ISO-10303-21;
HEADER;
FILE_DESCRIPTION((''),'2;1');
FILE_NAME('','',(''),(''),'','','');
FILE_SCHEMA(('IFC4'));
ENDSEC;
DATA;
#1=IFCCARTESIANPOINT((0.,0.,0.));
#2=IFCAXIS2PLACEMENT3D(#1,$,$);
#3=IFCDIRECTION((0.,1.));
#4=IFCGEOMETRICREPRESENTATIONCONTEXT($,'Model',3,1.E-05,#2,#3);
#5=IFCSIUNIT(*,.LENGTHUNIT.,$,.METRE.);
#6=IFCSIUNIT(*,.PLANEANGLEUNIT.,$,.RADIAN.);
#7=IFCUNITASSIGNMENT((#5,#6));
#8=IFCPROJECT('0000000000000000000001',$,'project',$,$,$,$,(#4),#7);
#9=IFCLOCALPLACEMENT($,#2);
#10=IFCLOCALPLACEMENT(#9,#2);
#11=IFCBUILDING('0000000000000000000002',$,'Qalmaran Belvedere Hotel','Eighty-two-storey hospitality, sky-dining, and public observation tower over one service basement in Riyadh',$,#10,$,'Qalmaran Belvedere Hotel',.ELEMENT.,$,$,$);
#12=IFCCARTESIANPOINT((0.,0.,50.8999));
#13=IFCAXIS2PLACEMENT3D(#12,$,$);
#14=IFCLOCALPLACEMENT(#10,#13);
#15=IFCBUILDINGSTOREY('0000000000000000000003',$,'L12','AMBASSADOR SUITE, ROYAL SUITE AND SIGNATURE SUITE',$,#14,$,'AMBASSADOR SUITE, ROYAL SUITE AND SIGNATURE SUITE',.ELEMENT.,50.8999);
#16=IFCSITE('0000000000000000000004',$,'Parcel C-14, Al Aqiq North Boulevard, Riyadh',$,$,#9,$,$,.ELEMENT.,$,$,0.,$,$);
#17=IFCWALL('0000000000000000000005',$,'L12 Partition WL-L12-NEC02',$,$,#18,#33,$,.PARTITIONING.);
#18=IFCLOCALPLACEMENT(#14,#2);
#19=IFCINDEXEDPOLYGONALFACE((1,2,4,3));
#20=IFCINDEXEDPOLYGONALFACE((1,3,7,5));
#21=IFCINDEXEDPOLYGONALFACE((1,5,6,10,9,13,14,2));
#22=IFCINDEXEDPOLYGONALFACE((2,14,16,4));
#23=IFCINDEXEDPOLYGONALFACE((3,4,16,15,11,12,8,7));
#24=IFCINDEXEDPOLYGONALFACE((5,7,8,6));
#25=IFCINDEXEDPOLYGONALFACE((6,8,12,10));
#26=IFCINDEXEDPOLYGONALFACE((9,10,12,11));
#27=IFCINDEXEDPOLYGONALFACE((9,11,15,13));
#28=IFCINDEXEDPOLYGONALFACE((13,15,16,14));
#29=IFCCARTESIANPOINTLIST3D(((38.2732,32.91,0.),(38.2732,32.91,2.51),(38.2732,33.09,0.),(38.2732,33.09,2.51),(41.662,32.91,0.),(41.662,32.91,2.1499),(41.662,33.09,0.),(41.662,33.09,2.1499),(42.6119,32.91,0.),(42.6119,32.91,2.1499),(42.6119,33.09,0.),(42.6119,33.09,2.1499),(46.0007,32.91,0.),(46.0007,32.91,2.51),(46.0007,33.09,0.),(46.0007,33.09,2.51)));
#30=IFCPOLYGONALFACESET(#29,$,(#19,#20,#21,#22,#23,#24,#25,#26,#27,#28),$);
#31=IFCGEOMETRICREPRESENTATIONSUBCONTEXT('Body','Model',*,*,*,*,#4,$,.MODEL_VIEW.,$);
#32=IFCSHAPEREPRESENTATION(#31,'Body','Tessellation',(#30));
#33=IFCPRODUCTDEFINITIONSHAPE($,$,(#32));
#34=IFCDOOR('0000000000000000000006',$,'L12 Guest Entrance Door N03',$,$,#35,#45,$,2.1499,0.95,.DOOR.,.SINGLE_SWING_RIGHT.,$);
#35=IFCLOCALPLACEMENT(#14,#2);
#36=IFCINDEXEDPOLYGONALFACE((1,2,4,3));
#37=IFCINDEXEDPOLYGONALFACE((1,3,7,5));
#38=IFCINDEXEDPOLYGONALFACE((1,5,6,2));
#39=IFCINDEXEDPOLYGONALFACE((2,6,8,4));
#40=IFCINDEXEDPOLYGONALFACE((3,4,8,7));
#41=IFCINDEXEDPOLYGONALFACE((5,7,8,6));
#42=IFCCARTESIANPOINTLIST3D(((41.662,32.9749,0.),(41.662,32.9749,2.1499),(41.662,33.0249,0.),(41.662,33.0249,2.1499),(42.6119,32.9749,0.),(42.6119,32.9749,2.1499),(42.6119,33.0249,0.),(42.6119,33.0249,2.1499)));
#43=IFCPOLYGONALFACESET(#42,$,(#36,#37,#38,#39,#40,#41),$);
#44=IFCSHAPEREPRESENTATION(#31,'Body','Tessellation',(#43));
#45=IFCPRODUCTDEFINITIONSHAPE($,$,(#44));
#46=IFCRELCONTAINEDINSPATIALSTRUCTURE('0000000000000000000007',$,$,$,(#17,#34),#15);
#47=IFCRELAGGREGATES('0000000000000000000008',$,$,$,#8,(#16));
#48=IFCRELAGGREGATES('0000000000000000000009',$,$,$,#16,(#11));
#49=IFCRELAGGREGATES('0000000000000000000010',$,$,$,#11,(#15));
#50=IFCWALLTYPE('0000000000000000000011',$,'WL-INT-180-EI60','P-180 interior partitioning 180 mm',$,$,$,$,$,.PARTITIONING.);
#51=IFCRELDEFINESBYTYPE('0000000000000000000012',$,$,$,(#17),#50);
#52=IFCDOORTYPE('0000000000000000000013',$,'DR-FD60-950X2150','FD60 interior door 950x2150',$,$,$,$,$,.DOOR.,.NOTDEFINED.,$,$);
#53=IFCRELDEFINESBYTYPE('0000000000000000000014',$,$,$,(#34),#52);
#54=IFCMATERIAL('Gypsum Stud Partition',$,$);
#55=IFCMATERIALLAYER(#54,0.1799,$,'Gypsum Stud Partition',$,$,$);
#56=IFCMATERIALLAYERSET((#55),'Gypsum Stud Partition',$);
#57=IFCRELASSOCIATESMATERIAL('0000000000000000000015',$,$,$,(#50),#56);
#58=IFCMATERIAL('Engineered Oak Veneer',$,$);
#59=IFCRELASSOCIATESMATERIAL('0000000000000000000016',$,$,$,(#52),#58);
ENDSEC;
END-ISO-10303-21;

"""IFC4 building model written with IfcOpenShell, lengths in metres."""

from ifc_helpers import new_model, si_unit, direction, frame, frame_2d, origin, place, context, subcontext, project, spatial, rectangle, extrude, material, layer, layer_set, type_object, element, fill, save


model = new_model("IFC4")

# Units and contexts
model_context = context("Model", 3, precision=1e-05, world=origin(), true_north=direction((0.0, 1.0)))
body_context = subcontext(model_context, "Body", "Model", "MODEL_VIEW")
ifc_project = project(units=[si_unit("LENGTHUNIT", "METRE"), si_unit("PLANEANGLEUNIT", "RADIAN")], contexts=[model_context])

# Site, building, storey
site_placement = place(None, origin())
site = spatial("IfcSite", under=ifc_project, at=site_placement, Name="Parcel C-14, Al Aqiq North Boulevard, Riyadh", CompositionType="ELEMENT", RefElevation=0.0)
building_placement = place(site_placement, origin())
building = spatial("IfcBuilding", under=site, at=building_placement, Name="Qalmaran Belvedere Hotel", Description="Eighty-two-storey hospitality, sky-dining, and public observation tower over one service basement in Riyadh", LongName="Qalmaran Belvedere Hotel", CompositionType="ELEMENT")
storey_placement = place(building_placement, frame((0.0, 0.0, 50.8999)))
storey = spatial("IfcBuildingStorey", under=building, at=storey_placement, Name="L12", Description="AMBASSADOR SUITE, ROYAL SUITE AND SIGNATURE SUITE", LongName="AMBASSADOR SUITE, ROYAL SUITE AND SIGNATURE SUITE", CompositionType="ELEMENT", Elevation=50.8999)

# Shared definitions
ifc_material_1 = material(Name="Gypsum Stud Partition")
ifc_layer_1 = layer(ifc_material_1, 0.1799, Name="Gypsum Stud Partition")
ifc_layer_set_1 = layer_set([ifc_layer_1], Name="Gypsum Stud Partition")
wall_type_1 = type_object("IfcWallType", Name="WL-INT-180-EI60", Description="P-180 interior partitioning 180 mm", PredefinedType="PARTITIONING", material=ifc_layer_set_1)

# Shared definitions
ifc_material_2 = material(Name="Engineered Oak Veneer")
door_type = type_object("IfcDoorType", Name="DR-FD60-950X2150", Description="FD60 interior door 950x2150", OperationType="NOTDEFINED", PredefinedType="DOOR", material=ifc_material_2)

# Wall, opening, door
wall_1_placement = place(storey_placement, frame((38.2732, 33.0, 0.0), z_axis=(0.0, 0.0, 1.0), x_axis=(1.0, 0.0, 0.0)))
wall_1 = element("IfcWall", 1, at=wall_1_placement, inside=storey, type_object=wall_type_1, Name="L12 Partition WL-L12-NEC02", PredefinedType="PARTITIONING", context=body_context, shape_type="SweptSolid", body=[
    extrude(rectangle(XDim=7.7275, YDim=0.1799, at=frame_2d((3.8638, 0.0))), origin(), (0.0, 0.0, 1.0), 2.51),
])
opening_1_placement = place(wall_1_placement, frame((3.3887, 0.0, 0.0)))
opening_1 = element("IfcOpeningElement", 2, at=opening_1_placement, cuts=wall_1, PredefinedType="OPENING", context=body_context, shape_type="SweptSolid", body=[
    extrude(rectangle(XDim=0.95, YDim=2.1499, at=frame_2d((0.4751, 1.075))), frame((0.0, 0.1001, 0.0), z_axis=(0.0, -1.0, 0.0), x_axis=(1.0, 0.0, 0.0)), (0.0, 0.0, 1.0), 0.2),
])
door_1_placement = place(opening_1_placement, origin())
door_1 = element("IfcDoor", 3, at=door_1_placement, inside=storey, type_object=door_type, Name="L12 Guest Entrance Door N03", OperationType="SINGLE_SWING_RIGHT", OverallHeight=2.1499, OverallWidth=0.95, PredefinedType="DOOR", context=body_context, shape_type="SweptSolid", body=[
    extrude(rectangle(XDim=0.95, YDim=2.1499, at=frame_2d((0.4751, 1.075))), frame((0.0, 0.0249, 0.0), z_axis=(0.0, -1.0, 0.0), x_axis=(1.0, 0.0, 0.0)), (0.0, 0.0, 1.0), 0.05),
])
fill(opening_1, door_1)

save(model, "model.ifc")
